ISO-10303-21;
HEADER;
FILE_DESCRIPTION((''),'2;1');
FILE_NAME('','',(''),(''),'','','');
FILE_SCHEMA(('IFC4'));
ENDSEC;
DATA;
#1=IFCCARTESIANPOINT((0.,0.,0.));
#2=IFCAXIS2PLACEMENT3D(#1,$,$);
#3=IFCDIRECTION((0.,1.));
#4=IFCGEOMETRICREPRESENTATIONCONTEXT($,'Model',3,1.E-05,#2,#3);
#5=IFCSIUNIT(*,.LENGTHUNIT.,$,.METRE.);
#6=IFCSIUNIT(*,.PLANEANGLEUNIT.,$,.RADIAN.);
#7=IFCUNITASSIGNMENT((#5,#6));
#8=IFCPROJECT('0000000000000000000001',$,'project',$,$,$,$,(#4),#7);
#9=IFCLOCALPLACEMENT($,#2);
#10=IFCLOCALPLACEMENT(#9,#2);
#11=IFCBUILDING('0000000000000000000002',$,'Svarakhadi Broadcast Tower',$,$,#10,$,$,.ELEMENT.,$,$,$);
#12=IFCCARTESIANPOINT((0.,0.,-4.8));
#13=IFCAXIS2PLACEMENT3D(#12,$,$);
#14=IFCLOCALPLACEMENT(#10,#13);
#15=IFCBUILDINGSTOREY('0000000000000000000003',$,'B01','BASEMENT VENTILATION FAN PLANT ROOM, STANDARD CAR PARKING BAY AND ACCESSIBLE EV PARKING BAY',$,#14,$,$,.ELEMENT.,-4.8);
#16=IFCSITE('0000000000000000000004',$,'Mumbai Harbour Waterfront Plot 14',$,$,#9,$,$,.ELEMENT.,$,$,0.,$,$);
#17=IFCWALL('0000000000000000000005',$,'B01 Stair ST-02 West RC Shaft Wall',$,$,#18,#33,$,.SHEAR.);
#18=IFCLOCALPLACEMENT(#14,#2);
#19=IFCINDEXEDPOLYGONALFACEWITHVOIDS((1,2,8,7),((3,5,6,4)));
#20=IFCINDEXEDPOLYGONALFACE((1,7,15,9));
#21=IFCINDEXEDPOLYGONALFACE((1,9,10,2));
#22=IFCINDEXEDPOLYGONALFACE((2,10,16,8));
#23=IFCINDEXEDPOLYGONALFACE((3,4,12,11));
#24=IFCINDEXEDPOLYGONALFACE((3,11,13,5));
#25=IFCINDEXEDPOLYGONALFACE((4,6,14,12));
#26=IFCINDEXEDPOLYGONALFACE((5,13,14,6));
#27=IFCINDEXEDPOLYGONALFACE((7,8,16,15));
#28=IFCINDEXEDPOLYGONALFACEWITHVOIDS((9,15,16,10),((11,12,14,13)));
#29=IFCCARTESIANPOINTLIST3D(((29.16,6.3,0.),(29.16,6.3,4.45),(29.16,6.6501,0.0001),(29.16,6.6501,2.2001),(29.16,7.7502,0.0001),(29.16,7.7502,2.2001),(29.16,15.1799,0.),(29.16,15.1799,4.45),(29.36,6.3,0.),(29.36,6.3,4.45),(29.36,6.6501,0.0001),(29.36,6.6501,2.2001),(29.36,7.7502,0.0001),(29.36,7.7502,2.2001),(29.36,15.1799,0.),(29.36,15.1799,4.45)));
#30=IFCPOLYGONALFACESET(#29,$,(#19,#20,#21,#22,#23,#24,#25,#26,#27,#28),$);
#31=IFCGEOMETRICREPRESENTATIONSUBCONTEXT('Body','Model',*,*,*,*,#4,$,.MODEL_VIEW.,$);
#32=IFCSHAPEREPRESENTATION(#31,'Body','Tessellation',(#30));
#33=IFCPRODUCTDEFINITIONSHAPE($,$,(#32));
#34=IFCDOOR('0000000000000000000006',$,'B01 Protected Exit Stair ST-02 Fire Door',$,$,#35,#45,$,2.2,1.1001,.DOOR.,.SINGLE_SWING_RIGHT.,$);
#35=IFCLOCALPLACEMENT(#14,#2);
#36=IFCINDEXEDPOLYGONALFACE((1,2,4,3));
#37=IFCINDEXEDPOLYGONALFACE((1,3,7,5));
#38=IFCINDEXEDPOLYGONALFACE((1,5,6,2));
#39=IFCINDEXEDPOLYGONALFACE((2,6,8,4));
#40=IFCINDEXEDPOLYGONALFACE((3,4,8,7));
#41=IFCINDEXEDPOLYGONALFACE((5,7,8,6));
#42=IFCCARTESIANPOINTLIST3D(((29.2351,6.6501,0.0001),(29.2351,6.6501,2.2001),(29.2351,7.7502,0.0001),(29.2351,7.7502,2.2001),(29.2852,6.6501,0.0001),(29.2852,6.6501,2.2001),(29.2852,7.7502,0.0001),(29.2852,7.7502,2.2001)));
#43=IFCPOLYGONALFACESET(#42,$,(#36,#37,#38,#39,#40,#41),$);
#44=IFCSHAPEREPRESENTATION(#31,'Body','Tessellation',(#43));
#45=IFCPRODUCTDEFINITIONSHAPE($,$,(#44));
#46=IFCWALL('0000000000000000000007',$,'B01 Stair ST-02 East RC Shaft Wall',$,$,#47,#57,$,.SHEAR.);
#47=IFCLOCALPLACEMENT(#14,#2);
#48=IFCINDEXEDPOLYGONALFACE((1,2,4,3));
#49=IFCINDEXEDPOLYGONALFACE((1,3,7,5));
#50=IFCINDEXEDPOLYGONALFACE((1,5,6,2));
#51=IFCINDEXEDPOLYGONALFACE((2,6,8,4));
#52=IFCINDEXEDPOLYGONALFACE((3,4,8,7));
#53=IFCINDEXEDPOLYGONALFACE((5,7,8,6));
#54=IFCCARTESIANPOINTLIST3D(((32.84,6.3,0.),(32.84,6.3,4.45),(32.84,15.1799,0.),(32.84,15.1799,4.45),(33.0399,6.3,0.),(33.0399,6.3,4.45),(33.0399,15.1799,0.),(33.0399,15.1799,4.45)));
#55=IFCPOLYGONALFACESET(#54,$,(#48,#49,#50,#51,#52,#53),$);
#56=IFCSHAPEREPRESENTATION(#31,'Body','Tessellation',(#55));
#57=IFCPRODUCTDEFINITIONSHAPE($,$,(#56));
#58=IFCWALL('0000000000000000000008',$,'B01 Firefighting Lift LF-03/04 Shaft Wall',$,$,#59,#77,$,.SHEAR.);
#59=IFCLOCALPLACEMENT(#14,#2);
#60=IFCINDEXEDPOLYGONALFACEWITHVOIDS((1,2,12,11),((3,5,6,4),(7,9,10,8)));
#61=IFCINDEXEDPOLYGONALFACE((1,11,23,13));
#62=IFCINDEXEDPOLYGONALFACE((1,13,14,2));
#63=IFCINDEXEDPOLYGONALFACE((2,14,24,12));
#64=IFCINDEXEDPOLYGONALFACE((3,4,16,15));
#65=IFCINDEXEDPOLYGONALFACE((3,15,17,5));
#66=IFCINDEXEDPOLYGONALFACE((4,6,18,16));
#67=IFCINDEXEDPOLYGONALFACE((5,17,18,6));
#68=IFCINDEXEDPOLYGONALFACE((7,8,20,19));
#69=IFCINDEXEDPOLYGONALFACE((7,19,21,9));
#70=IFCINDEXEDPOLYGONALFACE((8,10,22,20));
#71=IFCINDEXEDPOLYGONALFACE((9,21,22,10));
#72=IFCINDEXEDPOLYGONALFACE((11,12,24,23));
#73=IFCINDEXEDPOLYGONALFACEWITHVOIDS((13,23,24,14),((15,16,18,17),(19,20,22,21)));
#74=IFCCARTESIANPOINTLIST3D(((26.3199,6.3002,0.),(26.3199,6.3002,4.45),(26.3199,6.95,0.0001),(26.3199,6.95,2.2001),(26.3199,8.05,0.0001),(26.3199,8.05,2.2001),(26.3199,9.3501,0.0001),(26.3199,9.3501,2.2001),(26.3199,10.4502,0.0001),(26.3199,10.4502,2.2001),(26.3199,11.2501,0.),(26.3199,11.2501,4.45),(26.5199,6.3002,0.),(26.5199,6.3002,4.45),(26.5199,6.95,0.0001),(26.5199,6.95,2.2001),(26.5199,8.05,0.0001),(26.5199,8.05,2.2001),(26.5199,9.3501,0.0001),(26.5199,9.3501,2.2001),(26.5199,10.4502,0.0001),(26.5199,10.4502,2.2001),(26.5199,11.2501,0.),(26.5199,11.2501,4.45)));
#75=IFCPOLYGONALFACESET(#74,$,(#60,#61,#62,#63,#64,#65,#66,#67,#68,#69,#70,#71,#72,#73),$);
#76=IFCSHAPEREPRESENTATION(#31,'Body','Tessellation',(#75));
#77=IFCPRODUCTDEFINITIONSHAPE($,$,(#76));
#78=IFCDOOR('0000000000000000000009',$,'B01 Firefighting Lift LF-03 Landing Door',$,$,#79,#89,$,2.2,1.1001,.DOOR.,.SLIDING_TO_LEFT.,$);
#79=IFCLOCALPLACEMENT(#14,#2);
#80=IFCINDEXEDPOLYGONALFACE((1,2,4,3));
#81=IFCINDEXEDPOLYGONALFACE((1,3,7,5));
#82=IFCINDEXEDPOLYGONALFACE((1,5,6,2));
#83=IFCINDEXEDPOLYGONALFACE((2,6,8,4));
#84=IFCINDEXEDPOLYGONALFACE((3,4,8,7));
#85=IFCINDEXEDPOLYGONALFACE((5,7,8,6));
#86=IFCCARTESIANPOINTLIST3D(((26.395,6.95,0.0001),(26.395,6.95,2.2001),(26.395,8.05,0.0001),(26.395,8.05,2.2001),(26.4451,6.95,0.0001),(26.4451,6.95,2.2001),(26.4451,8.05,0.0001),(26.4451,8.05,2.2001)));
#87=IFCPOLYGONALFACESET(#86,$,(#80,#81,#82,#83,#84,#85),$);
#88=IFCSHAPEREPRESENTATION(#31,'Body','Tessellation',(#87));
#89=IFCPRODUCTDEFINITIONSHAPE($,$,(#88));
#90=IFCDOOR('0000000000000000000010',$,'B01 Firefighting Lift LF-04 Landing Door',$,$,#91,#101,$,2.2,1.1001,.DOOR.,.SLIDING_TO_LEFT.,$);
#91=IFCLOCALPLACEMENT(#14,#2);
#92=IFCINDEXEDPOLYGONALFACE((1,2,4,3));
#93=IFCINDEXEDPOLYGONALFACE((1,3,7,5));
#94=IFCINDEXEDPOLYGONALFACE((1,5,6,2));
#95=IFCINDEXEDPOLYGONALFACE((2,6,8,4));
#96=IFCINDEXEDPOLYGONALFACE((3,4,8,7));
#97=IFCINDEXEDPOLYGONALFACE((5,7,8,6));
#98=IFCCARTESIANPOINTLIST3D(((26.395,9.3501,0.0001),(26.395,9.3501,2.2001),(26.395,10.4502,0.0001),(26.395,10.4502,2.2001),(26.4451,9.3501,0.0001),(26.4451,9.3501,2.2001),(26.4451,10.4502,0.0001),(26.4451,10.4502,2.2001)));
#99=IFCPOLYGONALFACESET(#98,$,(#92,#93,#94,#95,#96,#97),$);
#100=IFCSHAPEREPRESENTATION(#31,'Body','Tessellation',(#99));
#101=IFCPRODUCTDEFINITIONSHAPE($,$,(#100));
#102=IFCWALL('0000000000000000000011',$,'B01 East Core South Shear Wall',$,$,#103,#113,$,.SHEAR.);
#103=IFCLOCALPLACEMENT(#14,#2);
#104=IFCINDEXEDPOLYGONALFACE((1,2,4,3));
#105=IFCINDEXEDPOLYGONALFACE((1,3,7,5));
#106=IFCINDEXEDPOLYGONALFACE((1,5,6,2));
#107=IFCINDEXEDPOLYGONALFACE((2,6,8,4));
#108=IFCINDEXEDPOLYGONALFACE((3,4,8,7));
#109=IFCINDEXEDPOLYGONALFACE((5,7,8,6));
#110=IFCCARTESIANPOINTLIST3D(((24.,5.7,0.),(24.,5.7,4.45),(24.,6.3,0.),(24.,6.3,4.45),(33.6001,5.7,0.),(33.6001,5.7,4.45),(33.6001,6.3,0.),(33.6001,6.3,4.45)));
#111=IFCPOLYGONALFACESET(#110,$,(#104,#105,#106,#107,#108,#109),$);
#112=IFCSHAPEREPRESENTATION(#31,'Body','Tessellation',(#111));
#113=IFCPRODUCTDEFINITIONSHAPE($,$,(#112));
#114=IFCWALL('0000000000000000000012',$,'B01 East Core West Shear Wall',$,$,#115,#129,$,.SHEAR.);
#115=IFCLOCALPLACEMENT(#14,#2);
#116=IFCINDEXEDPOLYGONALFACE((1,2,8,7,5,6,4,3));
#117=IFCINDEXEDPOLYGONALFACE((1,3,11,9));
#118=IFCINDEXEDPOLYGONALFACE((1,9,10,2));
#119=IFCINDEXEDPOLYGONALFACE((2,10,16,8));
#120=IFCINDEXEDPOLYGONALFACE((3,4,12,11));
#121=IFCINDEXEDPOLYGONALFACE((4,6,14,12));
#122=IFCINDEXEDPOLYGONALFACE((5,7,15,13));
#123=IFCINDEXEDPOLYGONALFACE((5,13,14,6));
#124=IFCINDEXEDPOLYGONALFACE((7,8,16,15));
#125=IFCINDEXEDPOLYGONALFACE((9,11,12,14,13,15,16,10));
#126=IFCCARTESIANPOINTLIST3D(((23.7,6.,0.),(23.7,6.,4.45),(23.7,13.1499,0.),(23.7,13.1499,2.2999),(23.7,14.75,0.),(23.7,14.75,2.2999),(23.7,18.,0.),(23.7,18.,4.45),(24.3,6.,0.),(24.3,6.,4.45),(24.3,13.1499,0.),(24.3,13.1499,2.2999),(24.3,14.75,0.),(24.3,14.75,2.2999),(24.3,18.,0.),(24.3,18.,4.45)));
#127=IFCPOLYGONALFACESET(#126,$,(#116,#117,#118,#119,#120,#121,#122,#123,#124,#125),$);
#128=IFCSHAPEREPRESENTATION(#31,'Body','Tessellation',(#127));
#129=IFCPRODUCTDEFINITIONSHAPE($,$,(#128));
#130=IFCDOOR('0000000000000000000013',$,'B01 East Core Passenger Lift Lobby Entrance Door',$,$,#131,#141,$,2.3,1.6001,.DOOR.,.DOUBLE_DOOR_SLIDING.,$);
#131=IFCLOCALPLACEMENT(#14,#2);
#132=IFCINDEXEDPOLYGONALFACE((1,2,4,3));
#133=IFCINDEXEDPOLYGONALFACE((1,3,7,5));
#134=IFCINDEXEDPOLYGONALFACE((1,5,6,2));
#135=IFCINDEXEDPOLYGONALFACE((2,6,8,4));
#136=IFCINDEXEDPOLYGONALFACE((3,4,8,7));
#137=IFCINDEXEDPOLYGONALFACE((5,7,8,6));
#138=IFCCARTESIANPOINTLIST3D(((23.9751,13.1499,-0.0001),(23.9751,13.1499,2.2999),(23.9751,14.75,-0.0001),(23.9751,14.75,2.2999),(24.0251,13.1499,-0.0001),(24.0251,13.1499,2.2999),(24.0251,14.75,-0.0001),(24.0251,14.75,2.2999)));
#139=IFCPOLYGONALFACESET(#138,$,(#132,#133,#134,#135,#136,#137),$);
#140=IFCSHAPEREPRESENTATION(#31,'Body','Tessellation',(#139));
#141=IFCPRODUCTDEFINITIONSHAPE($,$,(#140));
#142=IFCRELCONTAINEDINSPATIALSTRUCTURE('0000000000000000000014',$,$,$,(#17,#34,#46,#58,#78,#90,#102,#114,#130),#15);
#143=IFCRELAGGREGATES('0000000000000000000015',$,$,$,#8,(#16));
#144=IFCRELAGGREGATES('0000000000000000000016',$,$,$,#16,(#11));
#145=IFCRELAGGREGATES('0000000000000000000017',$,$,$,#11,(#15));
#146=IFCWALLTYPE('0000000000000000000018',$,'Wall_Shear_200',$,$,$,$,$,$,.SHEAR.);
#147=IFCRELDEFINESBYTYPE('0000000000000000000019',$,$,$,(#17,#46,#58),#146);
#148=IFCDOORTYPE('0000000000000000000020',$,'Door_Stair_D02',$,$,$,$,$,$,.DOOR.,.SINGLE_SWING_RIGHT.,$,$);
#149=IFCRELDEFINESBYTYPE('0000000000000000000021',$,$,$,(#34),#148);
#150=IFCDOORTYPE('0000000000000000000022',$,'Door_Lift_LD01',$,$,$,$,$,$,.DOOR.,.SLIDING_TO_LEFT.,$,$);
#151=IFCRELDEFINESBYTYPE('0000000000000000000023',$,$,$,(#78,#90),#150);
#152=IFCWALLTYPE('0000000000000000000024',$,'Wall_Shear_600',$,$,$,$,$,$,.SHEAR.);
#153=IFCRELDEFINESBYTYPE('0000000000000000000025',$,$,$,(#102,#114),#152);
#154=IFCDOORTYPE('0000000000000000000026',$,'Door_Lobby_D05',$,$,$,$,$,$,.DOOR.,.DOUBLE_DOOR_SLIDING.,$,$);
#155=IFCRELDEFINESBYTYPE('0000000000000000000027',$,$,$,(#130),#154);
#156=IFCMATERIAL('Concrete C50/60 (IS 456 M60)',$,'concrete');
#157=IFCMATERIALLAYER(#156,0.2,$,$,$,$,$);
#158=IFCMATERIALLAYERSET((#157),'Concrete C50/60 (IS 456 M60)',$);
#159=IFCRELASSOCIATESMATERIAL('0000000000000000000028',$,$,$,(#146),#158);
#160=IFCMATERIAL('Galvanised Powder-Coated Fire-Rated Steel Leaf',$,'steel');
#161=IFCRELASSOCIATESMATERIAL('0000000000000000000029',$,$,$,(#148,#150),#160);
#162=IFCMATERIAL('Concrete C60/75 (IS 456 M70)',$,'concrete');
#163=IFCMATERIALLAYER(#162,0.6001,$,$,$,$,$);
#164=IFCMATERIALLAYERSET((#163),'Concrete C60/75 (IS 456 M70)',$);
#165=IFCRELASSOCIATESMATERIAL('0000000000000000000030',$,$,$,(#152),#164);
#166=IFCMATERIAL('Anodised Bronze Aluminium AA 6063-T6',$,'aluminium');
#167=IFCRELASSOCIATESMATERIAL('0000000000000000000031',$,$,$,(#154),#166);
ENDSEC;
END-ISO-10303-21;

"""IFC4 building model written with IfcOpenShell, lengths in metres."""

from ifc_helpers import new_model, si_unit, direction, frame, frame_2d, origin, place, context, subcontext, project, spatial, rectangle, extrude, material, layer, layer_set, type_object, element, fill, save


model = new_model("IFC4")

# Units and contexts
model_context = context("Model", 3, precision=1e-05, world=origin(), true_north=direction((0.0, 1.0)))
body_context = subcontext(model_context, "Body", "Model", "MODEL_VIEW")
ifc_project = project(units=[si_unit("LENGTHUNIT", "METRE"), si_unit("PLANEANGLEUNIT", "RADIAN")], contexts=[model_context])

# Site, building, storey
site_placement = place(None, origin())
site = spatial("IfcSite", under=ifc_project, at=site_placement, Name="Mumbai Harbour Waterfront Plot 14", CompositionType="ELEMENT", RefElevation=0.0)
building_placement = place(site_placement, origin())
building = spatial("IfcBuilding", under=site, at=building_placement, Name="Svarakhadi Broadcast Tower", CompositionType="ELEMENT")
storey_placement = place(building_placement, frame((0.0, 0.0, -4.8)))
storey = spatial("IfcBuildingStorey", under=building, at=storey_placement, Name="B01", Description="BASEMENT VENTILATION FAN PLANT ROOM, STANDARD CAR PARKING BAY AND ACCESSIBLE EV PARKING BAY", CompositionType="ELEMENT", Elevation=-4.8)

# Shared definitions
ifc_material_1 = material(Name="Concrete C60/75 (IS 456 M70)", Category="concrete")

# Shared definitions
ifc_material_2 = material(Name="Concrete C50/60 (IS 456 M60)", Category="concrete")

# Wall, opening, door
ifc_layer_1 = layer(ifc_material_2, 0.2)
ifc_layer_set_1 = layer_set([ifc_layer_1], Name="Concrete C50/60 (IS 456 M60)")
wall_type_1 = type_object("IfcWallType", Name="Wall_Shear_200", PredefinedType="SHEAR", material=ifc_layer_set_1)
wall_1_placement = place(storey_placement, frame((29.26, 6.3, 0.0), z_axis=(0.0, 0.0, 1.0), x_axis=(0.0, 1.0, 0.0)))
wall_1 = element("IfcWall", 1, at=wall_1_placement, inside=storey, type_object=wall_type_1, Name="B01 Stair ST-02 West RC Shaft Wall", PredefinedType="SHEAR", context=body_context, shape_type="SweptSolid", body=[
    extrude(rectangle(XDim=8.8799, YDim=0.2, at=frame_2d((4.4399, 0.0))), origin(), (0.0, 0.0, 1.0), 4.45),
])
opening_1_placement = place(wall_1_placement, frame((0.3501, 0.0, 0.0)))
opening_1 = element("IfcOpeningElement", 2, at=opening_1_placement, cuts=wall_1, PredefinedType="OPENING", context=body_context, shape_type="SweptSolid", body=[
    extrude(rectangle(XDim=1.1001, YDim=2.2, at=frame_2d((0.55, 1.1001))), frame((0.0, 0.1099, 0.0), z_axis=(0.0, -1.0, 0.0), x_axis=(1.0, 0.0, 0.0)), (0.0, 0.0, 1.0), 0.22),
])
ifc_material_3 = material(Name="Galvanised Powder-Coated Fire-Rated Steel Leaf", Category="steel")
door_type_1 = type_object("IfcDoorType", Name="Door_Stair_D02", OperationType="SINGLE_SWING_RIGHT", PredefinedType="DOOR", material=ifc_material_3)
door_1_placement = place(opening_1_placement, origin())
door_1 = element("IfcDoor", 3, at=door_1_placement, inside=storey, type_object=door_type_1, Name="B01 Protected Exit Stair ST-02 Fire Door", OperationType="SINGLE_SWING_RIGHT", OverallHeight=2.2, OverallWidth=1.1001, PredefinedType="DOOR", context=body_context, shape_type="SweptSolid", body=[
    extrude(rectangle(XDim=1.1001, YDim=2.2, at=frame_2d((0.55, 1.1001))), frame((0.0, 0.0249, 0.0), z_axis=(0.0, -1.0, 0.0), x_axis=(1.0, 0.0, 0.0)), (0.0, 0.0, 1.0), 0.05),
])
fill(opening_1, door_1)

# Wall
wall_2_placement = place(storey_placement, frame((32.9399, 6.3, 0.0), z_axis=(0.0, 0.0, 1.0), x_axis=(0.0, 1.0, 0.0)))
element("IfcWall", 4, at=wall_2_placement, inside=storey, type_object=wall_type_1, Name="B01 Stair ST-02 East RC Shaft Wall", PredefinedType="SHEAR", context=body_context, shape_type="SweptSolid", body=[
    extrude(rectangle(XDim=8.8799, YDim=0.2, at=frame_2d((4.4399, 0.0))), origin(), (0.0, 0.0, 1.0), 4.45),
])

# Wall, openings, doors
wall_3_placement = place(storey_placement, frame((26.4199, 6.3, 0.0), z_axis=(0.0, 0.0, 1.0), x_axis=(0.0, 1.0, 0.0)))
wall_3 = element("IfcWall", 5, at=wall_3_placement, inside=storey, type_object=wall_type_1, Name="B01 Firefighting Lift LF-03/04 Shaft Wall", PredefinedType="SHEAR", context=body_context, shape_type="SweptSolid", body=[
    extrude(rectangle(XDim=4.95, YDim=0.2, at=frame_2d((2.4751, 0.0))), origin(), (0.0, 0.0, 1.0), 4.45),
])
opening_2_placement = place(wall_3_placement, frame((0.6499, 0.0, 0.0)))
opening_2 = element("IfcOpeningElement", 6, at=opening_2_placement, cuts=wall_3, PredefinedType="OPENING", context=body_context, shape_type="SweptSolid", body=[
    extrude(rectangle(XDim=1.1001, YDim=2.2, at=frame_2d((0.55, 1.1001))), frame((0.0, 0.1099, 0.0), z_axis=(0.0, -1.0, 0.0), x_axis=(1.0, 0.0, 0.0)), (0.0, 0.0, 1.0), 0.22),
])
opening_3_placement = place(wall_3_placement, frame((3.05, 0.0, 0.0)))
opening_3 = element("IfcOpeningElement", 7, at=opening_3_placement, cuts=wall_3, PredefinedType="OPENING", context=body_context, shape_type="SweptSolid", body=[
    extrude(rectangle(XDim=1.1001, YDim=2.2, at=frame_2d((0.55, 1.1001))), frame((0.0, 0.1099, 0.0), z_axis=(0.0, -1.0, 0.0), x_axis=(1.0, 0.0, 0.0)), (0.0, 0.0, 1.0), 0.22),
])
door_type_2 = type_object("IfcDoorType", Name="Door_Lift_LD01", OperationType="SLIDING_TO_LEFT", PredefinedType="DOOR", material=ifc_material_3)
door_2_placement = place(opening_2_placement, origin())
door_2 = element("IfcDoor", 8, at=door_2_placement, inside=storey, type_object=door_type_2, Name="B01 Firefighting Lift LF-03 Landing Door", OperationType="SLIDING_TO_LEFT", OverallHeight=2.2, OverallWidth=1.1001, PredefinedType="DOOR", context=body_context, shape_type="SweptSolid", body=[
    extrude(rectangle(XDim=1.1001, YDim=2.2, at=frame_2d((0.55, 1.1001))), frame((0.0, 0.0249, 0.0), z_axis=(0.0, -1.0, 0.0), x_axis=(1.0, 0.0, 0.0)), (0.0, 0.0, 1.0), 0.05),
])
fill(opening_2, door_2)
door_3_placement = place(opening_3_placement, origin())
door_3 = element("IfcDoor", 9, at=door_3_placement, inside=storey, type_object=door_type_2, Name="B01 Firefighting Lift LF-04 Landing Door", OperationType="SLIDING_TO_LEFT", OverallHeight=2.2, OverallWidth=1.1001, PredefinedType="DOOR", context=body_context, shape_type="SweptSolid", body=[
    extrude(rectangle(XDim=1.1001, YDim=2.2, at=frame_2d((0.55, 1.1001))), frame((0.0, 0.0249, 0.0), z_axis=(0.0, -1.0, 0.0), x_axis=(1.0, 0.0, 0.0)), (0.0, 0.0, 1.0), 0.05),
])
fill(opening_3, door_3)

# Wall
ifc_layer_2 = layer(ifc_material_1, 0.6001)
ifc_layer_set_2 = layer_set([ifc_layer_2], Name="Concrete C60/75 (IS 456 M70)")
wall_type_2 = type_object("IfcWallType", Name="Wall_Shear_600", PredefinedType="SHEAR", material=ifc_layer_set_2)
wall_4_placement = place(storey_placement, frame((24.0, 6.0, 0.0), z_axis=(0.0, 0.0, 1.0), x_axis=(1.0, 0.0, 0.0)))
element("IfcWall", 10, at=wall_4_placement, inside=storey, type_object=wall_type_2, Name="B01 East Core South Shear Wall", PredefinedType="SHEAR", context=body_context, shape_type="SweptSolid", body=[
    extrude(rectangle(XDim=9.6001, YDim=0.6001, at=frame_2d((4.8, 0.0))), origin(), (0.0, 0.0, 1.0), 4.45),
])

# Wall, opening, door
wall_5_placement = place(storey_placement, frame((24.0, 6.0, 0.0), z_axis=(0.0, 0.0, 1.0), x_axis=(0.0, 1.0, 0.0)))
wall_5 = element("IfcWall", 11, at=wall_5_placement, inside=storey, type_object=wall_type_2, Name="B01 East Core West Shear Wall", PredefinedType="SHEAR", context=body_context, shape_type="SweptSolid", body=[
    extrude(rectangle(XDim=12.0, YDim=0.6001, at=frame_2d((6.0, 0.0))), origin(), (0.0, 0.0, 1.0), 4.45),
])
opening_4_placement = place(wall_5_placement, frame((7.1499, 0.0, 0.0)))
opening_4 = element("IfcOpeningElement", 12, at=opening_4_placement, cuts=wall_5, PredefinedType="OPENING", context=body_context, shape_type="SweptSolid", body=[
    extrude(rectangle(XDim=1.6001, YDim=2.3, at=frame_2d((0.8, 1.1499))), frame((0.0, 0.3101, 0.0), z_axis=(0.0, -1.0, 0.0), x_axis=(1.0, 0.0, 0.0)), (0.0, 0.0, 1.0), 0.6201),
])
ifc_material_4 = material(Name="Anodised Bronze Aluminium AA 6063-T6", Category="aluminium")
door_type_3 = type_object("IfcDoorType", Name="Door_Lobby_D05", OperationType="DOUBLE_DOOR_SLIDING", PredefinedType="DOOR", material=ifc_material_4)
door_4_placement = place(opening_4_placement, origin())
door_4 = element("IfcDoor", 13, at=door_4_placement, inside=storey, type_object=door_type_3, Name="B01 East Core Passenger Lift Lobby Entrance Door", OperationType="DOUBLE_DOOR_SLIDING", OverallHeight=2.3, OverallWidth=1.6001, PredefinedType="DOOR", context=body_context, shape_type="SweptSolid", body=[
    extrude(rectangle(XDim=1.6001, YDim=2.3, at=frame_2d((0.8, 1.1499))), frame((0.0, 0.0249, 0.0), z_axis=(0.0, -1.0, 0.0), x_axis=(1.0, 0.0, 0.0)), (0.0, 0.0, 1.0), 0.05),
])
fill(opening_4, door_4)

save(model, "model.ifc")
